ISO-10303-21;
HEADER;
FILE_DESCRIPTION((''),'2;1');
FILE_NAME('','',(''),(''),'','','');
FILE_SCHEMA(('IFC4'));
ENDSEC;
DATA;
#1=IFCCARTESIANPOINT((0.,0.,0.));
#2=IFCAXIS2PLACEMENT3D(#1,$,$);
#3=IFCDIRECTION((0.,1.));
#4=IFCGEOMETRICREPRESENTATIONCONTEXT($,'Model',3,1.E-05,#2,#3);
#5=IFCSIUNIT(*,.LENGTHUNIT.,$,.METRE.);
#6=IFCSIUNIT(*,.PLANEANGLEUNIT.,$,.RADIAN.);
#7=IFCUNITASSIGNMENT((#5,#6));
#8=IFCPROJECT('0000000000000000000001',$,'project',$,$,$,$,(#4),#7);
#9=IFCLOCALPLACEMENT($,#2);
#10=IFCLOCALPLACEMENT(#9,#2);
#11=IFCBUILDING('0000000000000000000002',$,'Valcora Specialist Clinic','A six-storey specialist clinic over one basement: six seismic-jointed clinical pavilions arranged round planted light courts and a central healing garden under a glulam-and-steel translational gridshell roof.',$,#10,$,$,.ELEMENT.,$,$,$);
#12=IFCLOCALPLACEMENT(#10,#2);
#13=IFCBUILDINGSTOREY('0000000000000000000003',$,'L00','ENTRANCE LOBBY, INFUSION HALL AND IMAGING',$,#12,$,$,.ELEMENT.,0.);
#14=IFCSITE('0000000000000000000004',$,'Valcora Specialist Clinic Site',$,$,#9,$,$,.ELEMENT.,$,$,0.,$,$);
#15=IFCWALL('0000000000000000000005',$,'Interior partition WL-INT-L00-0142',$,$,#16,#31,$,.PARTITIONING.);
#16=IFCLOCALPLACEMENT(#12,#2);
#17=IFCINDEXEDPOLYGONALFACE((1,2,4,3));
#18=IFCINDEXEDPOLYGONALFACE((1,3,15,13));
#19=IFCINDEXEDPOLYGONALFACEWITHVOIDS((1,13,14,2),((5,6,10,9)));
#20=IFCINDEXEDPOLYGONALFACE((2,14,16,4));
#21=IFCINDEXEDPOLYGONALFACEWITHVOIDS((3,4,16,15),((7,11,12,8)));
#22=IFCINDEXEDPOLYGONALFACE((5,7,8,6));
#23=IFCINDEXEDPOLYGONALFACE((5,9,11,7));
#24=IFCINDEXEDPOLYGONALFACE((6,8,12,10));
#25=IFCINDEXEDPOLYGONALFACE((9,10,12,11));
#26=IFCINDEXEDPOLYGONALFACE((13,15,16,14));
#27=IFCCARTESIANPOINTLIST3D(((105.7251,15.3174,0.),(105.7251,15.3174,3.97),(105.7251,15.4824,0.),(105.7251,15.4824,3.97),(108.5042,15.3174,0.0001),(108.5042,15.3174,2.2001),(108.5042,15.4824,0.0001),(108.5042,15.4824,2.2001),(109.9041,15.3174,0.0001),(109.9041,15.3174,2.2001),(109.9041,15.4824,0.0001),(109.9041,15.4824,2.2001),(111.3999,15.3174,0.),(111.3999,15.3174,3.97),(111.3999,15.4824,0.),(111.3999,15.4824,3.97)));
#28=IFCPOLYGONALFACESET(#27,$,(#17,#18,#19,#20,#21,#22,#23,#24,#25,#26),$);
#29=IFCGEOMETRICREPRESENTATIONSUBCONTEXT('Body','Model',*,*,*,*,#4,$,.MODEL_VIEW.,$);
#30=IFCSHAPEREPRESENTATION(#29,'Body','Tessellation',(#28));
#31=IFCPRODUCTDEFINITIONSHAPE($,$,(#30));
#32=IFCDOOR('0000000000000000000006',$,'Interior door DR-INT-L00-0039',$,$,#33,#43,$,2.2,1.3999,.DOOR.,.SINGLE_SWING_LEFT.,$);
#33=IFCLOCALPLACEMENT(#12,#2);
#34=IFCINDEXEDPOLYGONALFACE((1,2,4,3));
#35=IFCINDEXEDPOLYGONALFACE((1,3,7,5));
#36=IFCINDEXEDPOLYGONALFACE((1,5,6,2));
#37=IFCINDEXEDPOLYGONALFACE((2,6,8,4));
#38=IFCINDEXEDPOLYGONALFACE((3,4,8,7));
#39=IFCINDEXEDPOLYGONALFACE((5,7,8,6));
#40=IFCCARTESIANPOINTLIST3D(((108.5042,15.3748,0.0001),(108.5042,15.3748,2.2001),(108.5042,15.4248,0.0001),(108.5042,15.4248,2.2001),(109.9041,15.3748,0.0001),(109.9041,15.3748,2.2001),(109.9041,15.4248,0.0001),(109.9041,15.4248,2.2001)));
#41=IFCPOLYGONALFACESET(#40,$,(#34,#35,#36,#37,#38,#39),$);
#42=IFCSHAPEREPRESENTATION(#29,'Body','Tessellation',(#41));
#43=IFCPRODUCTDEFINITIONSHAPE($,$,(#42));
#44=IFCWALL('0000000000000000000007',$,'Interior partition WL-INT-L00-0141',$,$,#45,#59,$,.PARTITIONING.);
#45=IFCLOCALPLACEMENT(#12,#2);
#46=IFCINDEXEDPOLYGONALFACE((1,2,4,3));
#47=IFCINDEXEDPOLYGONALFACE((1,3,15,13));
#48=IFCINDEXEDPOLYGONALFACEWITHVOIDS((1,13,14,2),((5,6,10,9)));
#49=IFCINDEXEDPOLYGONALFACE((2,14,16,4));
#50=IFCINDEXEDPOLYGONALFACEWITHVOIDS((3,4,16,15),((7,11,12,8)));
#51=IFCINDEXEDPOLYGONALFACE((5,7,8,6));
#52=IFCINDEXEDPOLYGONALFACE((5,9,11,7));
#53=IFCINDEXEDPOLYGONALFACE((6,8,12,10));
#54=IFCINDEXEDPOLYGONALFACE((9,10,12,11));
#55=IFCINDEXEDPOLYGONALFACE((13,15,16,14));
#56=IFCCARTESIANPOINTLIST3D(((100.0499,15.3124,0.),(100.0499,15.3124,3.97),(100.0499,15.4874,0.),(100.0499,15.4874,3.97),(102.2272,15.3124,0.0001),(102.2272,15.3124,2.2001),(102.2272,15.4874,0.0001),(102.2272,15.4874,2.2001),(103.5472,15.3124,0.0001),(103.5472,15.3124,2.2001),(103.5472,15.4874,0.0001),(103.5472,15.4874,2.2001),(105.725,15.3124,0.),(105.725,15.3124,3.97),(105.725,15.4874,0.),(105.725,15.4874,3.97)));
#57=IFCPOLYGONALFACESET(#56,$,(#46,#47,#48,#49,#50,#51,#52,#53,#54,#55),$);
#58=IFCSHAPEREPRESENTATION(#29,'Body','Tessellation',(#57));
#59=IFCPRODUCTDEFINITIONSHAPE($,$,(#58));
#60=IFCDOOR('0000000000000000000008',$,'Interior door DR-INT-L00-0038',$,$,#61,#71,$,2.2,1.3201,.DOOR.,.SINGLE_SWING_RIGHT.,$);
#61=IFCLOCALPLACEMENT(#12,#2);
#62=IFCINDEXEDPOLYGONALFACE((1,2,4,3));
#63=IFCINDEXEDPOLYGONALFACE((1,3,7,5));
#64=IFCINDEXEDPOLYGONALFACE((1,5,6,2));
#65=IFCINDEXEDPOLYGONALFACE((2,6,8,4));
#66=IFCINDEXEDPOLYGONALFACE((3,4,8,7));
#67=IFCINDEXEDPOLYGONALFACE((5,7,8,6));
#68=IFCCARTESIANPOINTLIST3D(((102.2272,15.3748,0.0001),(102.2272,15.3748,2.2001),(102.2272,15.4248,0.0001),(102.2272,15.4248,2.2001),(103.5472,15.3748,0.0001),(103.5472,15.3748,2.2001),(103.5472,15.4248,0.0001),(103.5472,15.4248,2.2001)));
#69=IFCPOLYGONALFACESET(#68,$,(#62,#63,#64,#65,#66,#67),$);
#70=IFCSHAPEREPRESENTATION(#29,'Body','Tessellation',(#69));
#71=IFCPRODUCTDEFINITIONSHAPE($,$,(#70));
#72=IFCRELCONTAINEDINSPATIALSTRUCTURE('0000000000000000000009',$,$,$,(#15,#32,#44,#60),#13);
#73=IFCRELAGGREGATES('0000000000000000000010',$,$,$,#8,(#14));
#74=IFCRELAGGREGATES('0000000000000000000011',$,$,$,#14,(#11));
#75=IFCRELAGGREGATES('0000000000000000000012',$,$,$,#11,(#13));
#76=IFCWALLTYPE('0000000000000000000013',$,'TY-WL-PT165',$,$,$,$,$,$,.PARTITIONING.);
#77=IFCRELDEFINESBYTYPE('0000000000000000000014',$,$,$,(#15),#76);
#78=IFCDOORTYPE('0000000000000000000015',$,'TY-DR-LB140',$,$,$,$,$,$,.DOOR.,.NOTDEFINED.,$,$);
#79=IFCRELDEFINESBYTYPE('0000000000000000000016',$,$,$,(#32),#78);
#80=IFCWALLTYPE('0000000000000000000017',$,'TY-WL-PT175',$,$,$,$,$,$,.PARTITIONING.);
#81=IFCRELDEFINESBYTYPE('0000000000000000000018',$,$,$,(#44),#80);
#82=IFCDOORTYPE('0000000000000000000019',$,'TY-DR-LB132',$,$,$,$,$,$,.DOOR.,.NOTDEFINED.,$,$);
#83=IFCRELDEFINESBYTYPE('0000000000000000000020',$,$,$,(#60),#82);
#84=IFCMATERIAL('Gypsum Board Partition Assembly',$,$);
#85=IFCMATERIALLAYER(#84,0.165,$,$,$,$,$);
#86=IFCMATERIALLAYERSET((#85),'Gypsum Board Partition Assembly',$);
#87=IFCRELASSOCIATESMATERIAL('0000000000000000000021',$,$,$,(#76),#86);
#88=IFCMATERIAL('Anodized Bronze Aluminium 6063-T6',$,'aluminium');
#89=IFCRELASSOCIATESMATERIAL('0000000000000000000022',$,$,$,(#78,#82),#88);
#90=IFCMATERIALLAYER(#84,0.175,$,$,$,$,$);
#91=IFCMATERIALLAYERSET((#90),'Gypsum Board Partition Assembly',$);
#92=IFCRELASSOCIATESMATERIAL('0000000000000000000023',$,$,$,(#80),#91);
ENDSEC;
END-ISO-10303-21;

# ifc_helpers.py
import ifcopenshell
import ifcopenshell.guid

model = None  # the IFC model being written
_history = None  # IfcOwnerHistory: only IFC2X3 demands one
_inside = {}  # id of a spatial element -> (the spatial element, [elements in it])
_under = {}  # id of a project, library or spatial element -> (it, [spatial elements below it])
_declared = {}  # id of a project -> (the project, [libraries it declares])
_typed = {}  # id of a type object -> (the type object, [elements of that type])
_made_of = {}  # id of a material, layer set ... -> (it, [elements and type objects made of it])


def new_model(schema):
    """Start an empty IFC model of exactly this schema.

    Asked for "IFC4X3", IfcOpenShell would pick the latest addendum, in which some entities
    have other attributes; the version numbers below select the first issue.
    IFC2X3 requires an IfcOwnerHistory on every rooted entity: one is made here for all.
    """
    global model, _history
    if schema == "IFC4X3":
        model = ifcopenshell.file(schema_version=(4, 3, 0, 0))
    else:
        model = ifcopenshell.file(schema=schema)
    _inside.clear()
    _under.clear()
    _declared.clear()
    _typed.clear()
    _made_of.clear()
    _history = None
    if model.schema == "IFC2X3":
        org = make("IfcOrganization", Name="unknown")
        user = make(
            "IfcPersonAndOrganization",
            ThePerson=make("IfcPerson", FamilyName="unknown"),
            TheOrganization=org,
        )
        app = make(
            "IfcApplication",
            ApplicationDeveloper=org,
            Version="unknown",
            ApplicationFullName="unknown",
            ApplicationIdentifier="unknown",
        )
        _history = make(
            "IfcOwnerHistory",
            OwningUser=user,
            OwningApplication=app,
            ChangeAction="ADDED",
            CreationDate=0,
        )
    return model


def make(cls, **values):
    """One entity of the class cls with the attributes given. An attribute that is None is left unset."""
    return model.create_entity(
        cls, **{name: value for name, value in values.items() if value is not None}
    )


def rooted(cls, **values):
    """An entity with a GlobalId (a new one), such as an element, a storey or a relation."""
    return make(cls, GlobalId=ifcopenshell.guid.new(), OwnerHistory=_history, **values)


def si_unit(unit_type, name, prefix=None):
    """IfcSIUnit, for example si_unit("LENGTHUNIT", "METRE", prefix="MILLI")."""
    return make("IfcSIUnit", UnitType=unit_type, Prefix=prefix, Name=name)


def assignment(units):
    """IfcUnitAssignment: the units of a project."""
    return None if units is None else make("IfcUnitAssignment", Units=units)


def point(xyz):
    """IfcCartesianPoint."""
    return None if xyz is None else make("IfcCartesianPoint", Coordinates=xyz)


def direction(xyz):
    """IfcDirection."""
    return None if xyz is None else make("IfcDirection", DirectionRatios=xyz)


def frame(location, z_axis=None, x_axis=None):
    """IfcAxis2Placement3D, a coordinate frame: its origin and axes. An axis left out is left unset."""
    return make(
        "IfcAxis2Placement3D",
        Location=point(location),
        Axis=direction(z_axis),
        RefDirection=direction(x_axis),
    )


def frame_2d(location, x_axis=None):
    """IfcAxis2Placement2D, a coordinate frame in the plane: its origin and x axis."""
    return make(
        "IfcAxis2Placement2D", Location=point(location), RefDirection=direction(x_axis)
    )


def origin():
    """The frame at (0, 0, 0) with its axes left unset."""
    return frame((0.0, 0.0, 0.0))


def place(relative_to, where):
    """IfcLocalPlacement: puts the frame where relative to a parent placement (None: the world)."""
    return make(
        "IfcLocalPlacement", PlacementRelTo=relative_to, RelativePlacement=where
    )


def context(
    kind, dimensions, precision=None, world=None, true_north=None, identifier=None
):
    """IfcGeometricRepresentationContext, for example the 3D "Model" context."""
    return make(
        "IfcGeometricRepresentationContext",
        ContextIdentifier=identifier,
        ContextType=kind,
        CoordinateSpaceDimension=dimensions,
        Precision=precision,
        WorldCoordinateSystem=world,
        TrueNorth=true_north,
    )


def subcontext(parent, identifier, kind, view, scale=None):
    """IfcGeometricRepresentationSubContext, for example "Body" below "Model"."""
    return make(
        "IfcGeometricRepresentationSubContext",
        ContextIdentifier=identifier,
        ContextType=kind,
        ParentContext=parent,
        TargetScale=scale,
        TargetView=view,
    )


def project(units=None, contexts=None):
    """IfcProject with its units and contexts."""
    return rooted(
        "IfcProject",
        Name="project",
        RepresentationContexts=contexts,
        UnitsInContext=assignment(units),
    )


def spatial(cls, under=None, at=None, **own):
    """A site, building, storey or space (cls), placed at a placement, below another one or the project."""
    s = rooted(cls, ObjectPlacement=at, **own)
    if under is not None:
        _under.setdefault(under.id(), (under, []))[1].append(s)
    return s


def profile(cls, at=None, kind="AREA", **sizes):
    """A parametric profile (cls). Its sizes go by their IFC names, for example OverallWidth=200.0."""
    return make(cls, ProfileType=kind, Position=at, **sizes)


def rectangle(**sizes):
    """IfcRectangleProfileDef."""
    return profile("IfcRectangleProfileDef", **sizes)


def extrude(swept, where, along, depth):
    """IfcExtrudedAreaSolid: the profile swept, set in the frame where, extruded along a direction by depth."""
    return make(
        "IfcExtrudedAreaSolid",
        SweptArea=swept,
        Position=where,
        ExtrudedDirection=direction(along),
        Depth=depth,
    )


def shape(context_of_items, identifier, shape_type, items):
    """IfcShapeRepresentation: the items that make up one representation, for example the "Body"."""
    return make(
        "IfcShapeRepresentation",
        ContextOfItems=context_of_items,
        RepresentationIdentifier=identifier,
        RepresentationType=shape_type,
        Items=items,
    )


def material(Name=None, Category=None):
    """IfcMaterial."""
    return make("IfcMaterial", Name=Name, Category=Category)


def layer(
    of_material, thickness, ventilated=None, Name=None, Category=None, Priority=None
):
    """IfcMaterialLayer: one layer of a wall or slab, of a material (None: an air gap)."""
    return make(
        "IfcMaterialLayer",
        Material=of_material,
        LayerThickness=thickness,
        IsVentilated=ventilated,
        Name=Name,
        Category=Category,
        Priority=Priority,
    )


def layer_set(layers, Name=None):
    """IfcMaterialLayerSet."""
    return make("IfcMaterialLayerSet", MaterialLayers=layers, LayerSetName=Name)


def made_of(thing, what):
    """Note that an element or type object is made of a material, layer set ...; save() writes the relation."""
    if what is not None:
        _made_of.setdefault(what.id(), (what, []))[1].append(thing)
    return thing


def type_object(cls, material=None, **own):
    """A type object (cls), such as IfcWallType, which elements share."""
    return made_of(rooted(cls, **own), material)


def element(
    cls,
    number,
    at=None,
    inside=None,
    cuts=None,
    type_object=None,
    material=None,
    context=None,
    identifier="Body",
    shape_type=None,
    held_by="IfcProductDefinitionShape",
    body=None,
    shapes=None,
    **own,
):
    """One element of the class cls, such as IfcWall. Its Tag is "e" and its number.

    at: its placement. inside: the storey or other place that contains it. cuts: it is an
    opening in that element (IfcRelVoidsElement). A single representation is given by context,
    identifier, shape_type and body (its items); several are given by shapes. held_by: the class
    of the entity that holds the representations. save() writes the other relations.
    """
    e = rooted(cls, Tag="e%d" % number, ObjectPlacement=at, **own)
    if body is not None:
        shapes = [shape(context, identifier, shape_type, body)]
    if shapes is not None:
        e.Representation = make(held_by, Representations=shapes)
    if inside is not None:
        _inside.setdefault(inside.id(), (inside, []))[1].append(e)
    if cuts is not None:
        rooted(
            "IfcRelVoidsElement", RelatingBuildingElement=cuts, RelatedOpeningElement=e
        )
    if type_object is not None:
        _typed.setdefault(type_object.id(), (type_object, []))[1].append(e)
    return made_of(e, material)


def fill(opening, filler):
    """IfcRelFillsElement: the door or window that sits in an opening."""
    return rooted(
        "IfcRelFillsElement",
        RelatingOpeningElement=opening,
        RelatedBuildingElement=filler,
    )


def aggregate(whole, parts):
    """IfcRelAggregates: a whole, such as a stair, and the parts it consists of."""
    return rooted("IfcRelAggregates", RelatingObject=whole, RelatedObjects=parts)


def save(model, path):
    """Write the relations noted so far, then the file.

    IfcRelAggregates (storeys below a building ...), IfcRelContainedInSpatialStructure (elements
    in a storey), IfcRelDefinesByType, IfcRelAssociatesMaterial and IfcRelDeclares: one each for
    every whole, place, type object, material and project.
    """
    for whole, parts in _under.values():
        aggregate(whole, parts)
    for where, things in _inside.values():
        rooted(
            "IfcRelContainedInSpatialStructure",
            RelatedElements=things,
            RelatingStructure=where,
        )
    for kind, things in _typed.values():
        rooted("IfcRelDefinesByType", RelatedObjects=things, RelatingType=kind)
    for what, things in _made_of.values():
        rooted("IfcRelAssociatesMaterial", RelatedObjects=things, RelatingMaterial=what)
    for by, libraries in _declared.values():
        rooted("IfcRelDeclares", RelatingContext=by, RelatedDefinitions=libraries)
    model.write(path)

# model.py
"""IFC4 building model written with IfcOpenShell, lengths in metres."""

from ifc_helpers import new_model, si_unit, direction, frame, frame_2d, origin, place, context, subcontext, project, spatial, rectangle, extrude, material, layer, layer_set, type_object, element, fill, save


model = new_model("IFC4")

# Units and contexts
model_context = context("Model", 3, precision=1e-05, world=origin(), true_north=direction((0.0, 1.0)))
body_context = subcontext(model_context, "Body", "Model", "MODEL_VIEW")
ifc_project = project(units=[si_unit("LENGTHUNIT", "METRE"), si_unit("PLANEANGLEUNIT", "RADIAN")], contexts=[model_context])

# Site, building, storey
site_placement = place(None, origin())
site = spatial("IfcSite", under=ifc_project, at=site_placement, Name="Valcora Specialist Clinic Site", CompositionType="ELEMENT", RefElevation=0.0)
building_placement = place(site_placement, origin())
building = spatial("IfcBuilding", under=site, at=building_placement, Name="Valcora Specialist Clinic", Description="A six-storey specialist clinic over one basement: six seismic-jointed clinical pavilions arranged round planted light courts and a central healing garden under a glulam-and-steel translational gridshell roof.", CompositionType="ELEMENT")
storey_placement = place(building_placement, origin())
storey = spatial("IfcBuildingStorey", under=building, at=storey_placement, Name="L00", Description="ENTRANCE LOBBY, INFUSION HALL AND IMAGING", CompositionType="ELEMENT", Elevation=0.0)

# Shared definitions
ifc_material_1 = material(Name="Anodized Bronze Aluminium 6063-T6", Category="aluminium")

# Shared definitions
ifc_material_2 = material(Name="Gypsum Board Partition Assembly")

# Walls, openings, doors
ifc_layer_1 = layer(ifc_material_2, 0.165)
ifc_layer_set_1 = layer_set([ifc_layer_1], Name="Gypsum Board Partition Assembly")
wall_type_1 = type_object("IfcWallType", Name="TY-WL-PT165", PredefinedType="PARTITIONING", material=ifc_layer_set_1)
wall_1_placement = place(storey_placement, frame((105.7251, 15.3999, 0.0), z_axis=(0.0, 0.0, 1.0), x_axis=(1.0, 0.0, 0.0)))
wall_1 = element("IfcWall", 1, at=wall_1_placement, inside=storey, type_object=wall_type_1, Name="Interior partition WL-INT-L00-0142", PredefinedType="PARTITIONING", context=body_context, shape_type="SweptSolid", body=[
    extrude(rectangle(XDim=5.6748, YDim=0.165, at=frame_2d((2.8374, 0.0))), origin(), (0.0, 0.0, 1.0), 3.97),
])
opening_1_placement = place(wall_1_placement, frame((2.7791, 0.0, 0.0)))
opening_1 = element("IfcOpeningElement", 2, at=opening_1_placement, cuts=wall_1, PredefinedType="OPENING", context=body_context, shape_type="SweptSolid", body=[
    extrude(rectangle(XDim=1.3999, YDim=2.2, at=frame_2d((0.7, 1.1001))), frame((0.0, 0.0925, 0.0), z_axis=(0.0, -1.0, 0.0), x_axis=(1.0, 0.0, 0.0)), (0.0, 0.0, 1.0), 0.1851),
])
door_type_1 = type_object("IfcDoorType", Name="TY-DR-LB140", OperationType="NOTDEFINED", PredefinedType="DOOR", material=ifc_material_1)
door_1_placement = place(opening_1_placement, origin())
door_1 = element("IfcDoor", 3, at=door_1_placement, inside=storey, type_object=door_type_1, Name="Interior door DR-INT-L00-0039", OperationType="SINGLE_SWING_LEFT", OverallHeight=2.2, OverallWidth=1.3999, PredefinedType="DOOR", context=body_context, shape_type="SweptSolid", body=[
    extrude(rectangle(XDim=1.3999, YDim=2.2, at=frame_2d((0.7, 1.1001))), frame((0.0, 0.0249, 0.0), z_axis=(0.0, -1.0, 0.0), x_axis=(1.0, 0.0, 0.0)), (0.0, 0.0, 1.0), 0.05),
])
fill(opening_1, door_1)
ifc_layer_2 = layer(ifc_material_2, 0.175)
ifc_layer_set_2 = layer_set([ifc_layer_2], Name="Gypsum Board Partition Assembly")
wall_type_2 = type_object("IfcWallType", Name="TY-WL-PT175", PredefinedType="PARTITIONING", material=ifc_layer_set_2)
wall_2_placement = place(storey_placement, frame((100.05, 15.3999, 0.0), z_axis=(0.0, 0.0, 1.0), x_axis=(1.0, 0.0, 0.0)))
wall_2 = element("IfcWall", 4, at=wall_2_placement, inside=storey, type_object=wall_type_2, Name="Interior partition WL-INT-L00-0141", PredefinedType="PARTITIONING", context=body_context, shape_type="SweptSolid", body=[
    extrude(rectangle(XDim=5.675, YDim=0.175, at=frame_2d((2.8374, 0.0))), origin(), (0.0, 0.0, 1.0), 3.97),
])
opening_2_placement = place(wall_2_placement, frame((2.177, 0.0, 0.0)))
opening_2 = element("IfcOpeningElement", 5, at=opening_2_placement, cuts=wall_2, PredefinedType="OPENING", context=body_context, shape_type="SweptSolid", body=[
    extrude(rectangle(XDim=1.3201, YDim=2.2, at=frame_2d((0.6602, 1.1001))), frame((0.0, 0.0974, 0.0), z_axis=(0.0, -1.0, 0.0), x_axis=(1.0, 0.0, 0.0)), (0.0, 0.0, 1.0), 0.1951),
])
door_type_2 = type_object("IfcDoorType", Name="TY-DR-LB132", OperationType="NOTDEFINED", PredefinedType="DOOR", material=ifc_material_1)
door_2_placement = place(opening_2_placement, origin())
door_2 = element("IfcDoor", 6, at=door_2_placement, inside=storey, type_object=door_type_2, Name="Interior door DR-INT-L00-0038", OperationType="SINGLE_SWING_RIGHT", OverallHeight=2.2, OverallWidth=1.3201, PredefinedType="DOOR", context=body_context, shape_type="SweptSolid", body=[
    extrude(rectangle(XDim=1.3201, YDim=2.2, at=frame_2d((0.6602, 1.1001))), frame((0.0, 0.0249, 0.0), z_axis=(0.0, -1.0, 0.0), x_axis=(1.0, 0.0, 0.0)), (0.0, 0.0, 1.0), 0.05),
])
fill(opening_2, door_2)

save(model, "model.ifc")
